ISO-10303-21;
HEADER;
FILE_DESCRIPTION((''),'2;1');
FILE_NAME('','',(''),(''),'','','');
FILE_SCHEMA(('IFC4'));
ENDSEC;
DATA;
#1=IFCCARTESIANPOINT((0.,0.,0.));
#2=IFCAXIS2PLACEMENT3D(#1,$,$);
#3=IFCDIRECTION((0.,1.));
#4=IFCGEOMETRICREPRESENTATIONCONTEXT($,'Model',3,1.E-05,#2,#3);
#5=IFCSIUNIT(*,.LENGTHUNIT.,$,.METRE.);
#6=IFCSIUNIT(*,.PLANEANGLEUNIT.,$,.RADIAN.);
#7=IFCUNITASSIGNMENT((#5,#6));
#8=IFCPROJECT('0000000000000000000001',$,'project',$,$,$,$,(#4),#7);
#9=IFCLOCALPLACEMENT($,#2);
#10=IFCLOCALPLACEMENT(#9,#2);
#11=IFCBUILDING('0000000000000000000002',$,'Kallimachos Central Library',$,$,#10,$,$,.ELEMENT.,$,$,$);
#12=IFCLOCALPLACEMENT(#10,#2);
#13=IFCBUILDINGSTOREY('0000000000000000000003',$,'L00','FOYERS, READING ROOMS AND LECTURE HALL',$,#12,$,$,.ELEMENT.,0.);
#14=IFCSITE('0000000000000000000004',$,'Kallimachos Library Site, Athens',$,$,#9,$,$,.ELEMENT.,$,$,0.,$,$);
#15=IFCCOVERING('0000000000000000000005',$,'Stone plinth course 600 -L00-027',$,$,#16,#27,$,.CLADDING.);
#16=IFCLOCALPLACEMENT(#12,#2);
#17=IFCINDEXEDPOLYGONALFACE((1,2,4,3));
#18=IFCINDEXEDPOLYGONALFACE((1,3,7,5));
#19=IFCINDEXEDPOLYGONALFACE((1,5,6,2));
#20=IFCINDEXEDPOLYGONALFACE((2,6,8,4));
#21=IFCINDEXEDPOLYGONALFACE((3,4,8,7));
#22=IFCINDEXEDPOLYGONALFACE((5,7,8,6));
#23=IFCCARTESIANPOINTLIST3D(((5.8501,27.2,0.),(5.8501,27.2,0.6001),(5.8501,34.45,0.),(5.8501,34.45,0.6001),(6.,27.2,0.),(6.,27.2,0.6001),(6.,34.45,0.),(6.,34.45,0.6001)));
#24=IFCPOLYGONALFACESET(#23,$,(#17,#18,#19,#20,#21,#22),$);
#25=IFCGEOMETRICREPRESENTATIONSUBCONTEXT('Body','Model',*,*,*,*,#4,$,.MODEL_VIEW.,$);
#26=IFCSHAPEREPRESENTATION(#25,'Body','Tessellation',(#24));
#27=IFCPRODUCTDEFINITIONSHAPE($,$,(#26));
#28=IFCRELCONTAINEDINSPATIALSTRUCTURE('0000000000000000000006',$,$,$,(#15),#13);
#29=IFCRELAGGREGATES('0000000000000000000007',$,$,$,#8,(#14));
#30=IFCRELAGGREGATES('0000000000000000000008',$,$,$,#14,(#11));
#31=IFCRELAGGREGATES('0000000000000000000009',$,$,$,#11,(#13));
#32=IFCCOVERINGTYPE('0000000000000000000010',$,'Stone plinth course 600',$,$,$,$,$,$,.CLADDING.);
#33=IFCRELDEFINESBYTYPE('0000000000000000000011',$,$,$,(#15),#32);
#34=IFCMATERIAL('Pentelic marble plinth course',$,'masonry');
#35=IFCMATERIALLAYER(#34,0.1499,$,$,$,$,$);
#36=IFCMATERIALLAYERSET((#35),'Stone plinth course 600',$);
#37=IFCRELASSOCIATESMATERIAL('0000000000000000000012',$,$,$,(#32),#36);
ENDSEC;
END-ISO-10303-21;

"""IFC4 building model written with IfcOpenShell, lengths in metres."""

from ifc_helpers import new_model, si_unit, direction, frame, origin, origin_2d, place, context, subcontext, project, spatial, rectangle, extrude, material, layer, layer_set, type_object, element, save


model = new_model("IFC4")

# Units and contexts
model_context = context("Model", 3, precision=1e-05, world=origin(), true_north=direction((0.0, 1.0)))
body_context = subcontext(model_context, "Body", "Model", "MODEL_VIEW")
ifc_project = project(units=[si_unit("LENGTHUNIT", "METRE"), si_unit("PLANEANGLEUNIT", "RADIAN")], contexts=[model_context])

# Site, building, storey
site_placement = place(None, origin())
site = spatial("IfcSite", under=ifc_project, at=site_placement, Name="Kallimachos Library Site, Athens", CompositionType="ELEMENT", RefElevation=0.0)
building_placement = place(site_placement, origin())
building = spatial("IfcBuilding", under=site, at=building_placement, Name="Kallimachos Central Library", CompositionType="ELEMENT")
storey_placement = place(building_placement, origin())
storey = spatial("IfcBuildingStorey", under=building, at=storey_placement, Name="L00", Description="FOYERS, READING ROOMS AND LECTURE HALL", CompositionType="ELEMENT", Elevation=0.0)

# Covering
ifc_material_1 = material(Name="Pentelic marble plinth course", Category="masonry")
ifc_layer_1 = layer(ifc_material_1, 0.1499)
ifc_layer_set_1 = layer_set([ifc_layer_1], Name="Stone plinth course 600")
covering_type_1 = type_object("IfcCoveringType", Name="Stone plinth course 600", PredefinedType="CLADDING", material=ifc_layer_set_1)
covering_1_placement = place(storey_placement, frame((5.925, 30.825, 0.0), z_axis=(0.0, 0.0, 1.0), x_axis=(1.0, 0.0, 0.0)))
element("IfcCovering", 1, at=covering_1_placement, inside=storey, type_object=covering_type_1, Name="Stone plinth course 600 -L00-027", PredefinedType="CLADDING", context=body_context, shape_type="SweptSolid", body=[
    extrude(rectangle(XDim=0.1499, YDim=7.25, at=origin_2d()), origin(), (0.0, 0.0, 1.0), 0.6001),
])

save(model, "model.ifc")
